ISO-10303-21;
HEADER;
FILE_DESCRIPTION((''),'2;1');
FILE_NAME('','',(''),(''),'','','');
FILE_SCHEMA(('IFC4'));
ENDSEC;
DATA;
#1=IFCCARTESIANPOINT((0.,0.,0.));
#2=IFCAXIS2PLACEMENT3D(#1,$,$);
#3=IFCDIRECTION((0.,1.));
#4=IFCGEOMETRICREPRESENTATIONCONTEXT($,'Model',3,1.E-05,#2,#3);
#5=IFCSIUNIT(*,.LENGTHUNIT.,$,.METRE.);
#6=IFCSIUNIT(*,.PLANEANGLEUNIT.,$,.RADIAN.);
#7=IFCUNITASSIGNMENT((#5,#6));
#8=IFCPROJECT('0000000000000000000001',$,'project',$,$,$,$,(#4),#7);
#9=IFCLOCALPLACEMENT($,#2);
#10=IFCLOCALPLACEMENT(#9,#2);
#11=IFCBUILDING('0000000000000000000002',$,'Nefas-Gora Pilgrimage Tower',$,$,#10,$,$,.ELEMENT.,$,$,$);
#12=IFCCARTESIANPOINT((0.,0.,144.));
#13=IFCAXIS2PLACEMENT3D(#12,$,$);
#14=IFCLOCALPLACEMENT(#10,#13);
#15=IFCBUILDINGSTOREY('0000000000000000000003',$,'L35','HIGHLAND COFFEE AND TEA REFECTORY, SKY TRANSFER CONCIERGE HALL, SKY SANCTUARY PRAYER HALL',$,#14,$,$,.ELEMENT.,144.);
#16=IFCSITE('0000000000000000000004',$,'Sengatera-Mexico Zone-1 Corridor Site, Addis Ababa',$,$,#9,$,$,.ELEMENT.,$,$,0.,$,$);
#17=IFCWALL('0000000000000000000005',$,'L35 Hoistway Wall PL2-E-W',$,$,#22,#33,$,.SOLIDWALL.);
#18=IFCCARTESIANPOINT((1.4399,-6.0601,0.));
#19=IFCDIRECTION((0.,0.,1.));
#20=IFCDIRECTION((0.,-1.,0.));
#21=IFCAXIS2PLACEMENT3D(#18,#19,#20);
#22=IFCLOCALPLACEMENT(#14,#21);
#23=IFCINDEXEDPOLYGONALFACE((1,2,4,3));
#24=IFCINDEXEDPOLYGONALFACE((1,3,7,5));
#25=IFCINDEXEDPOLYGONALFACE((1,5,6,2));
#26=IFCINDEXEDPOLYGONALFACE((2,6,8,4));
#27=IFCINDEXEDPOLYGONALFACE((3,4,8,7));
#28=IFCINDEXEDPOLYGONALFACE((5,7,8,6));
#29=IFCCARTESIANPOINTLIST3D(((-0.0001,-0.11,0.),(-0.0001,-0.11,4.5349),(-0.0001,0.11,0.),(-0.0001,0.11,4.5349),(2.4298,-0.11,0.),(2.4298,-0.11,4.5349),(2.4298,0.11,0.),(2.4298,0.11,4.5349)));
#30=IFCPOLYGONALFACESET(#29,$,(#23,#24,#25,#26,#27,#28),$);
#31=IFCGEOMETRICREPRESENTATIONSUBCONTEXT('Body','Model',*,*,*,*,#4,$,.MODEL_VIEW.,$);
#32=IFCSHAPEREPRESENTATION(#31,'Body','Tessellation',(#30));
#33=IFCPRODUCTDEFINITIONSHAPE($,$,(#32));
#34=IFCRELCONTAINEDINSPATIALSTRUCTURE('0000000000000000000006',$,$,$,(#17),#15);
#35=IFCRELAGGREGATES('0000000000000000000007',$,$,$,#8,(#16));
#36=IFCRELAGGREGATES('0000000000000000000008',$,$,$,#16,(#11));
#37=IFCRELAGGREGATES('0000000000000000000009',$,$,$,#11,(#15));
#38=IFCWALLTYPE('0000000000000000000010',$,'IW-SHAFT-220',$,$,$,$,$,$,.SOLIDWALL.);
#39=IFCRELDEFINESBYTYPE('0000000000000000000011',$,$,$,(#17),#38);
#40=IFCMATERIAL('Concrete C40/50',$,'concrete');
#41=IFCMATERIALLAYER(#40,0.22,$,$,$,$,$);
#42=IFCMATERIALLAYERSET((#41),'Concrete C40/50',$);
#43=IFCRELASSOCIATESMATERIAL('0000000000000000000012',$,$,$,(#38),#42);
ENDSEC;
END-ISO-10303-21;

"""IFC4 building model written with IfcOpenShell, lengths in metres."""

from ifc_helpers import new_model, si_unit, direction, frame, frame_2d, origin, place, context, subcontext, project, spatial, rectangle, extrude, source, transform, mapped, material, layer, layer_set, type_object, element, save


model = new_model("IFC4")

# Units and contexts
model_context = context("Model", 3, precision=1e-05, world=origin(), true_north=direction((0.0, 1.0)))
body_context = subcontext(model_context, "Body", "Model", "MODEL_VIEW")
ifc_project = project(units=[si_unit("LENGTHUNIT", "METRE"), si_unit("PLANEANGLEUNIT", "RADIAN")], contexts=[model_context])

# Site, building, storey
site_placement = place(None, origin())
site = spatial("IfcSite", under=ifc_project, at=site_placement, Name="Sengatera-Mexico Zone-1 Corridor Site, Addis Ababa", CompositionType="ELEMENT", RefElevation=0.0)
building_placement = place(site_placement, origin())
building = spatial("IfcBuilding", under=site, at=building_placement, Name="Nefas-Gora Pilgrimage Tower", CompositionType="ELEMENT")
storey_placement = place(building_placement, frame((0.0, 0.0, 144.0)))
storey = spatial("IfcBuildingStorey", under=building, at=storey_placement, Name="L35", Description="HIGHLAND COFFEE AND TEA REFECTORY, SKY TRANSFER CONCIERGE HALL, SKY SANCTUARY PRAYER HALL", CompositionType="ELEMENT", Elevation=144.0)

# Shared definitions
ifc_material_1 = material(Name="Concrete C40/50", Category="concrete")
ifc_layer_1 = layer(ifc_material_1, 0.22)
ifc_layer_set_1 = layer_set([ifc_layer_1], Name="Concrete C40/50")
wall_type_1 = type_object("IfcWallType", Name="IW-SHAFT-220", PredefinedType="SOLIDWALL", material=ifc_layer_set_1)

# Wall
shared_shape_1 = source(origin(), body_context, "Body", "SweptSolid", [
    extrude(rectangle(XDim=2.4299, YDim=0.22, at=frame_2d((1.2148, 0.0))), origin(), (0.0, 0.0, 1.0), 4.5349),
])
for number, where, z_axis, x_axis, name in (
    (1, (1.4399, -6.0601, 0.0), (0.0, 0.0, 1.0), (0.0, -1.0, 0.0), "L35 Hoistway Wall PL2-E-W"),
):
    element("IfcWall", number, at=place(storey_placement, frame(where, z_axis=z_axis, x_axis=x_axis)), inside=storey, type_object=wall_type_1, Name=name, PredefinedType="SOLIDWALL", context=body_context, shape_type="MappedRepresentation", body=[
        mapped(shared_shape_1, transform((0.0, 0.0, 0.0), x_axis=(1.0, 0.0, 0.0), y_axis=(0.0, 1.0, 0.0), z_axis=(0.0, 0.0, 1.0), scale=1.0)),
    ])

save(model, "model.ifc")
